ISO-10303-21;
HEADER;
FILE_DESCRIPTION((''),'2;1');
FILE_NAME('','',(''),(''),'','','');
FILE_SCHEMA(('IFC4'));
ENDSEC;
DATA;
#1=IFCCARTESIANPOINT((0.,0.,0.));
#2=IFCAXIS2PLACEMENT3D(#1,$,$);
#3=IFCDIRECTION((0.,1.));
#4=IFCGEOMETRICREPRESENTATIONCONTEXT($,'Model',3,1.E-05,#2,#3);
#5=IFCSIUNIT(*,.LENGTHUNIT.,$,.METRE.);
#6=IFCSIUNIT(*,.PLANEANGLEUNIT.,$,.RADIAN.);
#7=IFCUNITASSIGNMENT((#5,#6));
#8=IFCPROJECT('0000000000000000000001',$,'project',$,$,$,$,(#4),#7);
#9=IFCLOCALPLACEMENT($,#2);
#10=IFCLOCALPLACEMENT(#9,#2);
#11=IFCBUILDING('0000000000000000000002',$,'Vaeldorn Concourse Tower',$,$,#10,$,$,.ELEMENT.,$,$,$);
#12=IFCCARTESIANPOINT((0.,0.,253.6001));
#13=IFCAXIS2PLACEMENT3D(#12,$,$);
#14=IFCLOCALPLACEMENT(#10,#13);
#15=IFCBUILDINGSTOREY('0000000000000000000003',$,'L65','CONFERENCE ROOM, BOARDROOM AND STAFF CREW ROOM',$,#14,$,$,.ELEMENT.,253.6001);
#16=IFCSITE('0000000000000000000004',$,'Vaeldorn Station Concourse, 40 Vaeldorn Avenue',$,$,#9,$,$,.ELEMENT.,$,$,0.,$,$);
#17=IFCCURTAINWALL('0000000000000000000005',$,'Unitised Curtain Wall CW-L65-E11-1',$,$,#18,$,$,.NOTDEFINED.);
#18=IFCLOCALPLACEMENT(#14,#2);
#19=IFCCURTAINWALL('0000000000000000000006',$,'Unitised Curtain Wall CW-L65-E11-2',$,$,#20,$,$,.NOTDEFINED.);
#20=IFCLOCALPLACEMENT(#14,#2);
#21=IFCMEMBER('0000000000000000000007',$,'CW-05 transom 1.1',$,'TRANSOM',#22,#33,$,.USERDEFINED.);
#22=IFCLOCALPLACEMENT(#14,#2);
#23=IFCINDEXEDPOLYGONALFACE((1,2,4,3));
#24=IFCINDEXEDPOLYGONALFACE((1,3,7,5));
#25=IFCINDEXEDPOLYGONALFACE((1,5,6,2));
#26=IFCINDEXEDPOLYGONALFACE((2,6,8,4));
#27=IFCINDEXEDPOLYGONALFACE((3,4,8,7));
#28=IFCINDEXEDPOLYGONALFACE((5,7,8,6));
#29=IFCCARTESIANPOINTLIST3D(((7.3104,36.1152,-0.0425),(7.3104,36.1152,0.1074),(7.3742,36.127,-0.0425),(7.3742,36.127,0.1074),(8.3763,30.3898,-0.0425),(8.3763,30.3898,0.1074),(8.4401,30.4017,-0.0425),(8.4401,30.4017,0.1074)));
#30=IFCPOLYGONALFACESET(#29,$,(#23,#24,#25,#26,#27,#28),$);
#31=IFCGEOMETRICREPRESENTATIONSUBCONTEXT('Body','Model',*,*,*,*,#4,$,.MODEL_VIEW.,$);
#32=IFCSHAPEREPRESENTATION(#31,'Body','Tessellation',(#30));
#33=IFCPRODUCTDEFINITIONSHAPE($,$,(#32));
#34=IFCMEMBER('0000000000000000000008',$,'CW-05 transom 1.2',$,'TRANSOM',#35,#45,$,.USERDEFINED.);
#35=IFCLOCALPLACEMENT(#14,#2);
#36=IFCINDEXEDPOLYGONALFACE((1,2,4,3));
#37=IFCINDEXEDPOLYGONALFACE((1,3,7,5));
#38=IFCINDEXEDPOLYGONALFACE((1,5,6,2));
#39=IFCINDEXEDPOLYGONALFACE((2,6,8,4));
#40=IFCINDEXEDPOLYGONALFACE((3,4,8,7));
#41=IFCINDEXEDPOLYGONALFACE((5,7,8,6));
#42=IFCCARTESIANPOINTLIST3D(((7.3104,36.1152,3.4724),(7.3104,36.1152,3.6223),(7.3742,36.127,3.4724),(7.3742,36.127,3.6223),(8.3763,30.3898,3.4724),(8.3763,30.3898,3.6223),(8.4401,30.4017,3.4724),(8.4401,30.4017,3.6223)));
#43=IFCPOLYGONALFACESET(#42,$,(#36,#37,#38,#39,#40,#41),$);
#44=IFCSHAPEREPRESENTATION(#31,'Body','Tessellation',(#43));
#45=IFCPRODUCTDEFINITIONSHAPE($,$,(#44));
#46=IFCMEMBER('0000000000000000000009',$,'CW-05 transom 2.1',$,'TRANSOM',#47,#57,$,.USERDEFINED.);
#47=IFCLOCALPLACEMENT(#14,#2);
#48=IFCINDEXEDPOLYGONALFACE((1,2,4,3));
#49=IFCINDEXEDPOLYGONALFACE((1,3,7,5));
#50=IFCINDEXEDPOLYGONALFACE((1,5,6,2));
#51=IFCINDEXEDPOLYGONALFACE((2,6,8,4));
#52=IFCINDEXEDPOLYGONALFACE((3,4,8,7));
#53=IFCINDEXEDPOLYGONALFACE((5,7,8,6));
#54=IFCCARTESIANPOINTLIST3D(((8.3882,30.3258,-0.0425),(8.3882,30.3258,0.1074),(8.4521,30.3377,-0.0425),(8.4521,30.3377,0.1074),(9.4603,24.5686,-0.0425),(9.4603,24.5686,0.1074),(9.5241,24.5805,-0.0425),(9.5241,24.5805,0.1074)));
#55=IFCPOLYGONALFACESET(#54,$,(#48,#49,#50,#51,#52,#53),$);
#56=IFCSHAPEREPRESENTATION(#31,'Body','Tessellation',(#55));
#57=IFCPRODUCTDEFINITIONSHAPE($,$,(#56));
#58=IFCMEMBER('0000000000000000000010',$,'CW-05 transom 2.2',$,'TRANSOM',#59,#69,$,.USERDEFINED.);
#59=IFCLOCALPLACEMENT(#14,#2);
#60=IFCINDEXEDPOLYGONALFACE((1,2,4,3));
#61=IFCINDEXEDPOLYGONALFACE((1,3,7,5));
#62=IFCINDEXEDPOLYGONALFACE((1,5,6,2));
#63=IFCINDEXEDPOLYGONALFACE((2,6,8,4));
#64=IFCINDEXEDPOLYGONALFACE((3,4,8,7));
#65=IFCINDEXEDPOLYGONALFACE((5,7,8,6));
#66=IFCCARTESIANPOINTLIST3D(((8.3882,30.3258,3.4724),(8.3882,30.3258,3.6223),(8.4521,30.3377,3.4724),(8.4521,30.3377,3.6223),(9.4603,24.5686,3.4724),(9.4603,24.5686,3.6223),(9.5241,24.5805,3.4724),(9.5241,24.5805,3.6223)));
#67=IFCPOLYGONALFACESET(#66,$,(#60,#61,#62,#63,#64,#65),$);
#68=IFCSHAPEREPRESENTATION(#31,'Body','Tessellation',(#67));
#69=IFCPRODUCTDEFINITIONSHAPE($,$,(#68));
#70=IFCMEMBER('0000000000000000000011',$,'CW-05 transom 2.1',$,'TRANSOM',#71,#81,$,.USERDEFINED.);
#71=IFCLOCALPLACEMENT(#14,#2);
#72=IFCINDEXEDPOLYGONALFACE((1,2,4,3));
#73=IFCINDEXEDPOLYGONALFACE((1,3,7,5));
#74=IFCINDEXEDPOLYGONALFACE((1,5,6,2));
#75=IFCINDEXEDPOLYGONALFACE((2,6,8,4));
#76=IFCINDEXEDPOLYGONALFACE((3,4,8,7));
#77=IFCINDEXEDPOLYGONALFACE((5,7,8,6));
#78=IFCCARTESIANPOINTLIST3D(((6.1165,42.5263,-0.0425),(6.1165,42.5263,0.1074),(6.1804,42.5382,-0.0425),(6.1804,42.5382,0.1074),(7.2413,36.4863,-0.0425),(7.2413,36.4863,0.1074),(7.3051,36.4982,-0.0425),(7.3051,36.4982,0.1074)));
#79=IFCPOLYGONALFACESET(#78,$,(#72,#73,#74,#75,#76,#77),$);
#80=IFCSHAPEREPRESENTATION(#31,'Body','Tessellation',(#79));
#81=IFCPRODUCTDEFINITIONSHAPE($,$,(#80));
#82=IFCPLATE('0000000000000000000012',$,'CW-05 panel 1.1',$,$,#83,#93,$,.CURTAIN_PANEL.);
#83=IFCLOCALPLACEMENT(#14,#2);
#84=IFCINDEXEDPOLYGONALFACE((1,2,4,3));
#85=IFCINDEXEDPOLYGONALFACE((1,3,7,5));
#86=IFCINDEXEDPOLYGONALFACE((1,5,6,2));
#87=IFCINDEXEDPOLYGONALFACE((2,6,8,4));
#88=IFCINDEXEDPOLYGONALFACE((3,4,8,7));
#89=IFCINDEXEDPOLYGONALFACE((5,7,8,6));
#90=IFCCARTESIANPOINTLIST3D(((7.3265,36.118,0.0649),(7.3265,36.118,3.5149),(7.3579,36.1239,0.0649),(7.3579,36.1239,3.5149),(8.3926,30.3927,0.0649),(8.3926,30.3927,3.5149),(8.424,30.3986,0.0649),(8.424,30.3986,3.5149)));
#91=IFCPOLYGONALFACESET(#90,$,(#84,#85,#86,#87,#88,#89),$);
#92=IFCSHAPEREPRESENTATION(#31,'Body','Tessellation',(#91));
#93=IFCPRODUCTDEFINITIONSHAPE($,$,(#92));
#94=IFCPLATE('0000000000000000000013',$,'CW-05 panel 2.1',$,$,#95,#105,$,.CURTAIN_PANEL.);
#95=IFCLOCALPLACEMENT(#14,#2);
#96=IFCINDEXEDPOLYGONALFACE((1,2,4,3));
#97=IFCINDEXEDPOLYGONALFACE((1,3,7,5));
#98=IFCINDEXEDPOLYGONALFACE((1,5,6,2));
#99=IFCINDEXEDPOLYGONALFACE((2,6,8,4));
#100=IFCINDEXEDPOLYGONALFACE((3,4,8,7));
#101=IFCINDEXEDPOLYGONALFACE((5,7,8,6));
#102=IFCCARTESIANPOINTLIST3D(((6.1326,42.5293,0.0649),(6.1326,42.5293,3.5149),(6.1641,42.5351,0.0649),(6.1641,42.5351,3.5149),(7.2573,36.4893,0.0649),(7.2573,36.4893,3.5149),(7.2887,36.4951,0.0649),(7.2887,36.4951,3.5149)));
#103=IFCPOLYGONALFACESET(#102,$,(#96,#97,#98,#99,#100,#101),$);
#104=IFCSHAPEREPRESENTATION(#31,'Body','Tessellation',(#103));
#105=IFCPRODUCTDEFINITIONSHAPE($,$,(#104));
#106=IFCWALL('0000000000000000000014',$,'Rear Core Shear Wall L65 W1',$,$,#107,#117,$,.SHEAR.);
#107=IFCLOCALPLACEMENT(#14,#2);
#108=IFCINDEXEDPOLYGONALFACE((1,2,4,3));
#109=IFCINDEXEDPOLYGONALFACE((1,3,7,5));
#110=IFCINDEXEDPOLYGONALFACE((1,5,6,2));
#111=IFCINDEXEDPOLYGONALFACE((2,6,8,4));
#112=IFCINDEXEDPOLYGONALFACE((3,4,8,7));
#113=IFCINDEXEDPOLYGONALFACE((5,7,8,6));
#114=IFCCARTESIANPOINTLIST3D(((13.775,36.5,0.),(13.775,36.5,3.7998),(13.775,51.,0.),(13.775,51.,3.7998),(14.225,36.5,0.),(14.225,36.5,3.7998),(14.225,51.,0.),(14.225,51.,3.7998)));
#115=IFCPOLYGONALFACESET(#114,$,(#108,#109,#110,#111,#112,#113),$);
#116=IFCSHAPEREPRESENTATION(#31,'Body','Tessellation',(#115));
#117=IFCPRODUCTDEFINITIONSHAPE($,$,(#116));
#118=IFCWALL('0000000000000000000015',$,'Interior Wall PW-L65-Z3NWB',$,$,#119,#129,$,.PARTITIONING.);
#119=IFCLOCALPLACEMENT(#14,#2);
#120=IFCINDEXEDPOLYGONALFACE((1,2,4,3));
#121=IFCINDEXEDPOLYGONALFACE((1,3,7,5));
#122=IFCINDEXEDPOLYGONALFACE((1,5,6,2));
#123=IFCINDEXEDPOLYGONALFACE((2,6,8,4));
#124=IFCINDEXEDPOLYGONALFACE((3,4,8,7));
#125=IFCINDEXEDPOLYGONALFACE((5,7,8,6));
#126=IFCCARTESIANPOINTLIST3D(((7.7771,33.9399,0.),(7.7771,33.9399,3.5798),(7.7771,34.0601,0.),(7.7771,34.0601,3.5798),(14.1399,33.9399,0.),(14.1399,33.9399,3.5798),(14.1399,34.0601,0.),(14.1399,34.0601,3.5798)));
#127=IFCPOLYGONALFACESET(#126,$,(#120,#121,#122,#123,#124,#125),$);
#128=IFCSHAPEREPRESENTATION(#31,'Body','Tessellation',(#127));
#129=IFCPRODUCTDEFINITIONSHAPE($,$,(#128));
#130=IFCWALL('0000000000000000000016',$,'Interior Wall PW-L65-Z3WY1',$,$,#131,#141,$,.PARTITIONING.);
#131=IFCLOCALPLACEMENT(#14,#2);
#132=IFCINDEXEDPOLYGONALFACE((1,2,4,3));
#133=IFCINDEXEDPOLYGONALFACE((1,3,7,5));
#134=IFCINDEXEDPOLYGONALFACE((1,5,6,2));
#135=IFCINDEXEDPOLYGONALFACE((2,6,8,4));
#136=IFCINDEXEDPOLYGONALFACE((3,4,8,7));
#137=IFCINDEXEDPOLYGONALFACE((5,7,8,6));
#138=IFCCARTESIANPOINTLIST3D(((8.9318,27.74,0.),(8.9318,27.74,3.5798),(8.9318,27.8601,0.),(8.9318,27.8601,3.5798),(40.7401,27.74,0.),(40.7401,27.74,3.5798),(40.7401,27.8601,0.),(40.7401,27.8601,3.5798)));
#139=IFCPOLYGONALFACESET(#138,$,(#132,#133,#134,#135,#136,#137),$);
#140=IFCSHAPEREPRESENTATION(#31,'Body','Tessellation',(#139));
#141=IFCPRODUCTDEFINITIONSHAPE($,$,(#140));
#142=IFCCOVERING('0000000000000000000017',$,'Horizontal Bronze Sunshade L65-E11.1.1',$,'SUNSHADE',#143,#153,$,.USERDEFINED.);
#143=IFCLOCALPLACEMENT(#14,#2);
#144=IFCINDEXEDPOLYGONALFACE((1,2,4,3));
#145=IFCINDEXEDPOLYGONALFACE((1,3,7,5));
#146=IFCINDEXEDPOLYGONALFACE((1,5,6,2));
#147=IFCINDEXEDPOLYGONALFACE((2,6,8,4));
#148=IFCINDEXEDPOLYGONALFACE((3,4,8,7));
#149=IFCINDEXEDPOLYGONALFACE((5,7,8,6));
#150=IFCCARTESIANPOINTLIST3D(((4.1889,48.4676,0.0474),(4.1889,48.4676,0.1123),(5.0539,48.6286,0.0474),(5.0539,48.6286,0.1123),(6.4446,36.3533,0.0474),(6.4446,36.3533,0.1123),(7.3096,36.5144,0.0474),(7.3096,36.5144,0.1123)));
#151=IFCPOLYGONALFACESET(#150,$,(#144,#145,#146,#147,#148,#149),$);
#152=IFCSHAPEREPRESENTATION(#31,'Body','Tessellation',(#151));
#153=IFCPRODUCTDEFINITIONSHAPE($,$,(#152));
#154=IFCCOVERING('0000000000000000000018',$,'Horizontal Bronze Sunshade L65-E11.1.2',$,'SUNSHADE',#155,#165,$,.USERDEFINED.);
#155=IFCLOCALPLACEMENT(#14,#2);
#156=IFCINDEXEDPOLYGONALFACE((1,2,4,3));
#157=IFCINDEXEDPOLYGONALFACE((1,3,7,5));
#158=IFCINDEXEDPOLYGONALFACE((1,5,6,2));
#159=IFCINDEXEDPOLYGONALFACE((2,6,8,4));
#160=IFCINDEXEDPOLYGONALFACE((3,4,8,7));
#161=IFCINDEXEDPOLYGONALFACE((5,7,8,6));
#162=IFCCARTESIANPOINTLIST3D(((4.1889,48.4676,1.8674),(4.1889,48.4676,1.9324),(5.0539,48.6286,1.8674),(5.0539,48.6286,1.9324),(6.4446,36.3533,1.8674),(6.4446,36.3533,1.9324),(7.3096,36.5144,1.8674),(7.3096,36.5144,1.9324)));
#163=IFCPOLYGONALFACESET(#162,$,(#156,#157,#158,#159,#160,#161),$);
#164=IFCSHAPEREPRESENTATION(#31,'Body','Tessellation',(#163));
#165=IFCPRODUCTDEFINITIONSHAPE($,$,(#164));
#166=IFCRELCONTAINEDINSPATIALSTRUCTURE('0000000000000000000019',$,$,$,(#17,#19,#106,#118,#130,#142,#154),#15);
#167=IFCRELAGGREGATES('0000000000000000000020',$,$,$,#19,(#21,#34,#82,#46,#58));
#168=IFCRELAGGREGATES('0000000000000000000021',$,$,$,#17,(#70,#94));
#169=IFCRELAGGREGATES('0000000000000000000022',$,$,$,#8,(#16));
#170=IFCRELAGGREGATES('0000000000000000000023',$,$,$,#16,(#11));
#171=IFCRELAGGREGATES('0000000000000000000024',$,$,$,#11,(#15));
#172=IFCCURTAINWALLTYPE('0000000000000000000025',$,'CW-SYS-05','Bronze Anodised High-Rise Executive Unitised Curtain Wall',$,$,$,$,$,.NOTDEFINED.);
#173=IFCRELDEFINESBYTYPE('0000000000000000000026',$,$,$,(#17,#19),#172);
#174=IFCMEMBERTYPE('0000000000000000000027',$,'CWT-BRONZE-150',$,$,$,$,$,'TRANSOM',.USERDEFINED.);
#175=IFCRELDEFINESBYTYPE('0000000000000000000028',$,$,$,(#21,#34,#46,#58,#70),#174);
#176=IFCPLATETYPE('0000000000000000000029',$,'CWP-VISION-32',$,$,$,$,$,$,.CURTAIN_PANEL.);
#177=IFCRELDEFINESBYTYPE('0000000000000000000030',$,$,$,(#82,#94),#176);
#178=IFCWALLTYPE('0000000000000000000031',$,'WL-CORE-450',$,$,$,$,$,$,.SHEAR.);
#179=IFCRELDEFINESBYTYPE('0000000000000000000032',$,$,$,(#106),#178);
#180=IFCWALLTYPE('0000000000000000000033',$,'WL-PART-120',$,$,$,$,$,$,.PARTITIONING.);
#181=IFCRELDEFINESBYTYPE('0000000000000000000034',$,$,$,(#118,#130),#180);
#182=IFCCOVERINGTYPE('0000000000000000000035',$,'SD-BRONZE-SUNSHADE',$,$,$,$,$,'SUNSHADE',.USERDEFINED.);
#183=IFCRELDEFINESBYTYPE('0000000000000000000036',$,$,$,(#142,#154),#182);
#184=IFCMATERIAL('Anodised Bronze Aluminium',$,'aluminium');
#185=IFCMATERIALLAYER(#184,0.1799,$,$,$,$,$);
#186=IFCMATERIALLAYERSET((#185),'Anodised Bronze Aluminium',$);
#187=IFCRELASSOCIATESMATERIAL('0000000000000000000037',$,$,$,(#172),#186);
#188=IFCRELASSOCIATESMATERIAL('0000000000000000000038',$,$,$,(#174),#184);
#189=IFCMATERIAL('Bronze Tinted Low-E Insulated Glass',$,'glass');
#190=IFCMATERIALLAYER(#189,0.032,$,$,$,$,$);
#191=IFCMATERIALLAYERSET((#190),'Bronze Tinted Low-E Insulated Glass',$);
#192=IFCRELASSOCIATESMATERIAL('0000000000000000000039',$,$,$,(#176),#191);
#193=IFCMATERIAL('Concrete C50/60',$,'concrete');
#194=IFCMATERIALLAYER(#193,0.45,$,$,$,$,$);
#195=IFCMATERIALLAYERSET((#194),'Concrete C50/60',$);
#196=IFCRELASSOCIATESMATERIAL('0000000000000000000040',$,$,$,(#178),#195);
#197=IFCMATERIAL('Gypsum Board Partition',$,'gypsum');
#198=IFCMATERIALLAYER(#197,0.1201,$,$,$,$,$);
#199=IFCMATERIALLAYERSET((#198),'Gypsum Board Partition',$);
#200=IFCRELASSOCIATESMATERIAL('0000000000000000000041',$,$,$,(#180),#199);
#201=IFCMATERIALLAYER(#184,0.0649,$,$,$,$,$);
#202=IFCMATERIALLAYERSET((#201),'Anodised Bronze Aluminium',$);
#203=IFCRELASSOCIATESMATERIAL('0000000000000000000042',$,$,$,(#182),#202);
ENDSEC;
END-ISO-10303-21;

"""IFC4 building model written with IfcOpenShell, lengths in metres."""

from ifc_helpers import new_model, si_unit, direction, frame, frame_2d, origin, origin_2d, place, context, subcontext, project, spatial, rectangle, extrude, source, transform, mapped, material, layer, layer_set, material_profile, profile_set, type_object, element, aggregate, save


model = new_model("IFC4")

# Units and contexts
model_context = context("Model", 3, precision=1e-05, world=origin(), true_north=direction((0.0, 1.0)))
body_context = subcontext(model_context, "Body", "Model", "MODEL_VIEW")
ifc_project = project(units=[si_unit("LENGTHUNIT", "METRE"), si_unit("PLANEANGLEUNIT", "RADIAN")], contexts=[model_context])

# Site, building, storey
site_placement = place(None, origin())
site = spatial("IfcSite", under=ifc_project, at=site_placement, Name="Vaeldorn Station Concourse, 40 Vaeldorn Avenue", CompositionType="ELEMENT", RefElevation=0.0)
building_placement = place(site_placement, origin())
building = spatial("IfcBuilding", under=site, at=building_placement, Name="Vaeldorn Concourse Tower", CompositionType="ELEMENT")
storey_placement = place(building_placement, frame((0.0, 0.0, 253.6001)))
storey = spatial("IfcBuildingStorey", under=building, at=storey_placement, Name="L65", Description="CONFERENCE ROOM, BOARDROOM AND STAFF CREW ROOM", CompositionType="ELEMENT", Elevation=253.6001)

# Shared definitions
ifc_material_1 = material(Name="Concrete C50/60", Category="concrete")

# Curtain wall
ifc_material_2 = material(Name="Anodised Bronze Aluminium", Category="aluminium")
ifc_layer_1 = layer(ifc_material_2, 0.1799)
ifc_layer_set_1 = layer_set([ifc_layer_1], Name="Anodised Bronze Aluminium")
curtain_wall_type = type_object("IfcCurtainWallType", Name="CW-SYS-05", Description="Bronze Anodised High-Rise Executive Unitised Curtain Wall", PredefinedType="NOTDEFINED", material=ifc_layer_set_1)
curtain_wall_1_placement = place(storey_placement, origin())
curtain_wall_1 = element("IfcCurtainWall", 1, at=curtain_wall_1_placement, inside=storey, type_object=curtain_wall_type, Name="Unitised Curtain Wall CW-L65-E11-1", PredefinedType="NOTDEFINED")

# Curtain wall, members
curtain_wall_2_placement = place(storey_placement, origin())
curtain_wall_2 = element("IfcCurtainWall", 2, at=curtain_wall_2_placement, inside=storey, type_object=curtain_wall_type, Name="Unitised Curtain Wall CW-L65-E11-2", PredefinedType="NOTDEFINED")
ifc_material_profile_1 = material_profile(ifc_material_2, rectangle(XDim=0.0649, YDim=0.1499, at=origin_2d()), Name="CWT 65x150")
ifc_profile_set_1 = profile_set([ifc_material_profile_1], Name="Anodised Bronze Aluminium")
member_type_1 = type_object("IfcMemberType", Name="CWT-BRONZE-150", ElementType="TRANSOM", PredefinedType="USERDEFINED", material=ifc_profile_set_1)
shared_shape_1 = source(origin(), body_context, "Body", "SweptSolid", [
    extrude(rectangle(XDim=0.0649, YDim=0.1499, at=origin_2d()), origin(), (0.0, 0.0, 1.0), 5.8237),
])
member_1_placement = place(storey_placement, frame((7.3423, 36.1211, 0.0325), z_axis=(0.18303, -0.983107, 0.0), x_axis=(0.983107, 0.18303, 0.0)))
member_1 = element("IfcMember", 3, at=member_1_placement, type_object=member_type_1, Name="CW-05 transom 1.1", ObjectType="TRANSOM", PredefinedType="USERDEFINED", context=body_context, shape_type="MappedRepresentation", body=[
    mapped(shared_shape_1, transform((0.0, 0.0, 0.0), scale=1.0)),
])
member_2_placement = place(storey_placement, frame((7.3423, 36.1211, 3.5474), z_axis=(0.18303, -0.983107, 0.0), x_axis=(0.983107, 0.18303, 0.0)))
member_2 = element("IfcMember", 4, at=member_2_placement, type_object=member_type_1, Name="CW-05 transom 1.2", ObjectType="TRANSOM", PredefinedType="USERDEFINED", context=body_context, shape_type="MappedRepresentation", body=[
    mapped(shared_shape_1, transform((0.0, 0.0, 0.0), scale=1.0)),
])
shared_shape_2 = source(origin(), body_context, "Body", "SweptSolid", [
    extrude(rectangle(XDim=0.0649, YDim=0.1499, at=origin_2d()), origin(), (0.0, 0.0, 1.0), 5.8562),
])
member_3_placement = place(storey_placement, frame((8.4202, 30.3318, 0.0325), z_axis=(0.183055, -0.983103, 0.0), x_axis=(0.983103, 0.183055, 0.0)))
member_3 = element("IfcMember", 5, at=member_3_placement, type_object=member_type_1, Name="CW-05 transom 2.1", ObjectType="TRANSOM", PredefinedType="USERDEFINED", context=body_context, shape_type="MappedRepresentation", body=[
    mapped(shared_shape_2, transform((0.0, 0.0, 0.0), scale=1.0)),
])
member_4_placement = place(storey_placement, frame((8.4202, 30.3318, 3.5474), z_axis=(0.183055, -0.983103, 0.0), x_axis=(0.983103, 0.183055, 0.0)))
member_4 = element("IfcMember", 6, at=member_4_placement, type_object=member_type_1, Name="CW-05 transom 2.2", ObjectType="TRANSOM", PredefinedType="USERDEFINED", context=body_context, shape_type="MappedRepresentation", body=[
    mapped(shared_shape_2, transform((0.0, 0.0, 0.0), scale=1.0)),
])

# Member
shared_shape_3 = source(origin(), body_context, "Body", "SweptSolid", [
    extrude(rectangle(XDim=0.0649, YDim=0.1499, at=origin_2d()), origin(), (0.0, 0.0, 1.0), 6.1438),
])
member_5_placement = place(storey_placement, frame((6.1484, 42.5322, 0.0325), z_axis=(0.18307, -0.9831, 0.0), x_axis=(0.9831, 0.18307, 0.0)))
member_5 = element("IfcMember", 7, at=member_5_placement, type_object=member_type_1, Name="CW-05 transom 2.1", ObjectType="TRANSOM", PredefinedType="USERDEFINED", context=body_context, shape_type="MappedRepresentation", body=[
    mapped(shared_shape_3, transform((0.0, 0.0, 0.0), scale=1.0)),
])

# Plates
ifc_material_3 = material(Name="Bronze Tinted Low-E Insulated Glass", Category="glass")
ifc_layer_2 = layer(ifc_material_3, 0.032)
ifc_layer_set_2 = layer_set([ifc_layer_2], Name="Bronze Tinted Low-E Insulated Glass")
plate_type = type_object("IfcPlateType", Name="CWP-VISION-32", PredefinedType="CURTAIN_PANEL", material=ifc_layer_set_2)
shared_shape_4 = source(origin(), body_context, "Body", "SweptSolid", [
    extrude(rectangle(XDim=5.8237, YDim=0.032, at=origin_2d()), origin(), (0.0, 0.0, 1.0), 3.45),
])
plate_1_placement = place(storey_placement, frame((7.8752, 33.2583, 0.0649), z_axis=(0.0, 0.0, 1.0), x_axis=(0.183055, -0.983103, 0.0)))
plate_1 = element("IfcPlate", 8, at=plate_1_placement, type_object=plate_type, Name="CW-05 panel 1.1", PredefinedType="CURTAIN_PANEL", context=body_context, shape_type="MappedRepresentation", body=[
    mapped(shared_shape_4, transform((0.0, 0.0, 0.0), scale=1.0)),
])
aggregate(curtain_wall_2, [member_1, member_2, plate_1, member_3, member_4])
shared_shape_5 = source(origin(), body_context, "Body", "SweptSolid", [
    extrude(rectangle(XDim=6.1438, YDim=0.032, at=origin_2d()), origin(), (0.0, 0.0, 1.0), 3.45),
])
plate_2_placement = place(storey_placement, frame((6.7107, 39.5122, 0.0649), z_axis=(0.0, 0.0, 1.0), x_axis=(0.183054, -0.983103, 0.0)))
plate_2 = element("IfcPlate", 9, at=plate_2_placement, type_object=plate_type, Name="CW-05 panel 2.1", PredefinedType="CURTAIN_PANEL", context=body_context, shape_type="MappedRepresentation", body=[
    mapped(shared_shape_5, transform((0.0, 0.0, 0.0), scale=1.0)),
])
aggregate(curtain_wall_1, [member_5, plate_2])

# Walls
ifc_layer_3 = layer(ifc_material_1, 0.45)
ifc_layer_set_3 = layer_set([ifc_layer_3], Name="Concrete C50/60")
wall_type_1 = type_object("IfcWallType", Name="WL-CORE-450", PredefinedType="SHEAR", material=ifc_layer_set_3)
wall_1_placement = place(storey_placement, frame((14.0, 36.5, 0.0), z_axis=(0.0, 0.0, 1.0), x_axis=(0.0, 1.0, 0.0)))
element("IfcWall", 10, at=wall_1_placement, inside=storey, type_object=wall_type_1, Name="Rear Core Shear Wall L65 W1", PredefinedType="SHEAR", context=body_context, shape_type="SweptSolid", body=[
    extrude(rectangle(XDim=14.5, YDim=0.45, at=frame_2d((7.25, 0.0))), origin(), (0.0, 0.0, 1.0), 3.7998),
])
ifc_material_4 = material(Name="Gypsum Board Partition", Category="gypsum")
ifc_layer_4 = layer(ifc_material_4, 0.1201)
ifc_layer_set_4 = layer_set([ifc_layer_4], Name="Gypsum Board Partition")
wall_type_2 = type_object("IfcWallType", Name="WL-PART-120", PredefinedType="PARTITIONING", material=ifc_layer_set_4)
wall_2_placement = place(storey_placement, frame((7.7771, 34.0, 0.0), z_axis=(0.0, 0.0, 1.0), x_axis=(1.0, 0.0, 0.0)))
element("IfcWall", 11, at=wall_2_placement, inside=storey, type_object=wall_type_2, Name="Interior Wall PW-L65-Z3NWB", PredefinedType="PARTITIONING", context=body_context, shape_type="SweptSolid", body=[
    extrude(rectangle(XDim=6.3628, YDim=0.1201, at=frame_2d((3.1814, 0.0))), origin(), (0.0, 0.0, 1.0), 3.5798),
])
wall_3_placement = place(storey_placement, frame((8.9316, 27.8, 0.0), z_axis=(0.0, 0.0, 1.0), x_axis=(1.0, 0.0, 0.0)))
element("IfcWall", 12, at=wall_3_placement, inside=storey, type_object=wall_type_2, Name="Interior Wall PW-L65-Z3WY1", PredefinedType="PARTITIONING", context=body_context, shape_type="SweptSolid", body=[
    extrude(rectangle(XDim=31.8083, YDim=0.1201, at=frame_2d((15.9043, 0.0))), origin(), (0.0, 0.0, 1.0), 3.5798),
])

# Coverings
ifc_layer_5 = layer(ifc_material_2, 0.0649)
ifc_layer_set_5 = layer_set([ifc_layer_5], Name="Anodised Bronze Aluminium")
covering_type = type_object("IfcCoveringType", Name="SD-BRONZE-SUNSHADE", ElementType="SUNSHADE", PredefinedType="USERDEFINED", material=ifc_layer_set_5)
shared_shape_6 = source(origin(), body_context, "Body", "SweptSolid", [
    extrude(rectangle(XDim=12.3225, YDim=0.8799, at=origin_2d()), origin(), (0.0, 0.0, 1.0), 0.0649),
])
for number, where, z_axis, x_axis, name in (
    (13, (5.7493, 42.491, 0.0474), (0.0, 0.0, 1.0), (0.183059, -0.983102, 0.0), "Horizontal Bronze Sunshade L65-E11.1.1"),
    (14, (5.7493, 42.491, 1.8674), (0.0, 0.0, 1.0), (0.183059, -0.983102, 0.0), "Horizontal Bronze Sunshade L65-E11.1.2"),
):
    element("IfcCovering", number, at=place(storey_placement, frame(where, z_axis=z_axis, x_axis=x_axis)), inside=storey, type_object=covering_type, Name=name, ObjectType="SUNSHADE", PredefinedType="USERDEFINED", context=body_context, shape_type="MappedRepresentation", body=[
        mapped(shared_shape_6, transform((0.0, 0.0, 0.0), scale=1.0)),
    ])

save(model, "model.ifc")
